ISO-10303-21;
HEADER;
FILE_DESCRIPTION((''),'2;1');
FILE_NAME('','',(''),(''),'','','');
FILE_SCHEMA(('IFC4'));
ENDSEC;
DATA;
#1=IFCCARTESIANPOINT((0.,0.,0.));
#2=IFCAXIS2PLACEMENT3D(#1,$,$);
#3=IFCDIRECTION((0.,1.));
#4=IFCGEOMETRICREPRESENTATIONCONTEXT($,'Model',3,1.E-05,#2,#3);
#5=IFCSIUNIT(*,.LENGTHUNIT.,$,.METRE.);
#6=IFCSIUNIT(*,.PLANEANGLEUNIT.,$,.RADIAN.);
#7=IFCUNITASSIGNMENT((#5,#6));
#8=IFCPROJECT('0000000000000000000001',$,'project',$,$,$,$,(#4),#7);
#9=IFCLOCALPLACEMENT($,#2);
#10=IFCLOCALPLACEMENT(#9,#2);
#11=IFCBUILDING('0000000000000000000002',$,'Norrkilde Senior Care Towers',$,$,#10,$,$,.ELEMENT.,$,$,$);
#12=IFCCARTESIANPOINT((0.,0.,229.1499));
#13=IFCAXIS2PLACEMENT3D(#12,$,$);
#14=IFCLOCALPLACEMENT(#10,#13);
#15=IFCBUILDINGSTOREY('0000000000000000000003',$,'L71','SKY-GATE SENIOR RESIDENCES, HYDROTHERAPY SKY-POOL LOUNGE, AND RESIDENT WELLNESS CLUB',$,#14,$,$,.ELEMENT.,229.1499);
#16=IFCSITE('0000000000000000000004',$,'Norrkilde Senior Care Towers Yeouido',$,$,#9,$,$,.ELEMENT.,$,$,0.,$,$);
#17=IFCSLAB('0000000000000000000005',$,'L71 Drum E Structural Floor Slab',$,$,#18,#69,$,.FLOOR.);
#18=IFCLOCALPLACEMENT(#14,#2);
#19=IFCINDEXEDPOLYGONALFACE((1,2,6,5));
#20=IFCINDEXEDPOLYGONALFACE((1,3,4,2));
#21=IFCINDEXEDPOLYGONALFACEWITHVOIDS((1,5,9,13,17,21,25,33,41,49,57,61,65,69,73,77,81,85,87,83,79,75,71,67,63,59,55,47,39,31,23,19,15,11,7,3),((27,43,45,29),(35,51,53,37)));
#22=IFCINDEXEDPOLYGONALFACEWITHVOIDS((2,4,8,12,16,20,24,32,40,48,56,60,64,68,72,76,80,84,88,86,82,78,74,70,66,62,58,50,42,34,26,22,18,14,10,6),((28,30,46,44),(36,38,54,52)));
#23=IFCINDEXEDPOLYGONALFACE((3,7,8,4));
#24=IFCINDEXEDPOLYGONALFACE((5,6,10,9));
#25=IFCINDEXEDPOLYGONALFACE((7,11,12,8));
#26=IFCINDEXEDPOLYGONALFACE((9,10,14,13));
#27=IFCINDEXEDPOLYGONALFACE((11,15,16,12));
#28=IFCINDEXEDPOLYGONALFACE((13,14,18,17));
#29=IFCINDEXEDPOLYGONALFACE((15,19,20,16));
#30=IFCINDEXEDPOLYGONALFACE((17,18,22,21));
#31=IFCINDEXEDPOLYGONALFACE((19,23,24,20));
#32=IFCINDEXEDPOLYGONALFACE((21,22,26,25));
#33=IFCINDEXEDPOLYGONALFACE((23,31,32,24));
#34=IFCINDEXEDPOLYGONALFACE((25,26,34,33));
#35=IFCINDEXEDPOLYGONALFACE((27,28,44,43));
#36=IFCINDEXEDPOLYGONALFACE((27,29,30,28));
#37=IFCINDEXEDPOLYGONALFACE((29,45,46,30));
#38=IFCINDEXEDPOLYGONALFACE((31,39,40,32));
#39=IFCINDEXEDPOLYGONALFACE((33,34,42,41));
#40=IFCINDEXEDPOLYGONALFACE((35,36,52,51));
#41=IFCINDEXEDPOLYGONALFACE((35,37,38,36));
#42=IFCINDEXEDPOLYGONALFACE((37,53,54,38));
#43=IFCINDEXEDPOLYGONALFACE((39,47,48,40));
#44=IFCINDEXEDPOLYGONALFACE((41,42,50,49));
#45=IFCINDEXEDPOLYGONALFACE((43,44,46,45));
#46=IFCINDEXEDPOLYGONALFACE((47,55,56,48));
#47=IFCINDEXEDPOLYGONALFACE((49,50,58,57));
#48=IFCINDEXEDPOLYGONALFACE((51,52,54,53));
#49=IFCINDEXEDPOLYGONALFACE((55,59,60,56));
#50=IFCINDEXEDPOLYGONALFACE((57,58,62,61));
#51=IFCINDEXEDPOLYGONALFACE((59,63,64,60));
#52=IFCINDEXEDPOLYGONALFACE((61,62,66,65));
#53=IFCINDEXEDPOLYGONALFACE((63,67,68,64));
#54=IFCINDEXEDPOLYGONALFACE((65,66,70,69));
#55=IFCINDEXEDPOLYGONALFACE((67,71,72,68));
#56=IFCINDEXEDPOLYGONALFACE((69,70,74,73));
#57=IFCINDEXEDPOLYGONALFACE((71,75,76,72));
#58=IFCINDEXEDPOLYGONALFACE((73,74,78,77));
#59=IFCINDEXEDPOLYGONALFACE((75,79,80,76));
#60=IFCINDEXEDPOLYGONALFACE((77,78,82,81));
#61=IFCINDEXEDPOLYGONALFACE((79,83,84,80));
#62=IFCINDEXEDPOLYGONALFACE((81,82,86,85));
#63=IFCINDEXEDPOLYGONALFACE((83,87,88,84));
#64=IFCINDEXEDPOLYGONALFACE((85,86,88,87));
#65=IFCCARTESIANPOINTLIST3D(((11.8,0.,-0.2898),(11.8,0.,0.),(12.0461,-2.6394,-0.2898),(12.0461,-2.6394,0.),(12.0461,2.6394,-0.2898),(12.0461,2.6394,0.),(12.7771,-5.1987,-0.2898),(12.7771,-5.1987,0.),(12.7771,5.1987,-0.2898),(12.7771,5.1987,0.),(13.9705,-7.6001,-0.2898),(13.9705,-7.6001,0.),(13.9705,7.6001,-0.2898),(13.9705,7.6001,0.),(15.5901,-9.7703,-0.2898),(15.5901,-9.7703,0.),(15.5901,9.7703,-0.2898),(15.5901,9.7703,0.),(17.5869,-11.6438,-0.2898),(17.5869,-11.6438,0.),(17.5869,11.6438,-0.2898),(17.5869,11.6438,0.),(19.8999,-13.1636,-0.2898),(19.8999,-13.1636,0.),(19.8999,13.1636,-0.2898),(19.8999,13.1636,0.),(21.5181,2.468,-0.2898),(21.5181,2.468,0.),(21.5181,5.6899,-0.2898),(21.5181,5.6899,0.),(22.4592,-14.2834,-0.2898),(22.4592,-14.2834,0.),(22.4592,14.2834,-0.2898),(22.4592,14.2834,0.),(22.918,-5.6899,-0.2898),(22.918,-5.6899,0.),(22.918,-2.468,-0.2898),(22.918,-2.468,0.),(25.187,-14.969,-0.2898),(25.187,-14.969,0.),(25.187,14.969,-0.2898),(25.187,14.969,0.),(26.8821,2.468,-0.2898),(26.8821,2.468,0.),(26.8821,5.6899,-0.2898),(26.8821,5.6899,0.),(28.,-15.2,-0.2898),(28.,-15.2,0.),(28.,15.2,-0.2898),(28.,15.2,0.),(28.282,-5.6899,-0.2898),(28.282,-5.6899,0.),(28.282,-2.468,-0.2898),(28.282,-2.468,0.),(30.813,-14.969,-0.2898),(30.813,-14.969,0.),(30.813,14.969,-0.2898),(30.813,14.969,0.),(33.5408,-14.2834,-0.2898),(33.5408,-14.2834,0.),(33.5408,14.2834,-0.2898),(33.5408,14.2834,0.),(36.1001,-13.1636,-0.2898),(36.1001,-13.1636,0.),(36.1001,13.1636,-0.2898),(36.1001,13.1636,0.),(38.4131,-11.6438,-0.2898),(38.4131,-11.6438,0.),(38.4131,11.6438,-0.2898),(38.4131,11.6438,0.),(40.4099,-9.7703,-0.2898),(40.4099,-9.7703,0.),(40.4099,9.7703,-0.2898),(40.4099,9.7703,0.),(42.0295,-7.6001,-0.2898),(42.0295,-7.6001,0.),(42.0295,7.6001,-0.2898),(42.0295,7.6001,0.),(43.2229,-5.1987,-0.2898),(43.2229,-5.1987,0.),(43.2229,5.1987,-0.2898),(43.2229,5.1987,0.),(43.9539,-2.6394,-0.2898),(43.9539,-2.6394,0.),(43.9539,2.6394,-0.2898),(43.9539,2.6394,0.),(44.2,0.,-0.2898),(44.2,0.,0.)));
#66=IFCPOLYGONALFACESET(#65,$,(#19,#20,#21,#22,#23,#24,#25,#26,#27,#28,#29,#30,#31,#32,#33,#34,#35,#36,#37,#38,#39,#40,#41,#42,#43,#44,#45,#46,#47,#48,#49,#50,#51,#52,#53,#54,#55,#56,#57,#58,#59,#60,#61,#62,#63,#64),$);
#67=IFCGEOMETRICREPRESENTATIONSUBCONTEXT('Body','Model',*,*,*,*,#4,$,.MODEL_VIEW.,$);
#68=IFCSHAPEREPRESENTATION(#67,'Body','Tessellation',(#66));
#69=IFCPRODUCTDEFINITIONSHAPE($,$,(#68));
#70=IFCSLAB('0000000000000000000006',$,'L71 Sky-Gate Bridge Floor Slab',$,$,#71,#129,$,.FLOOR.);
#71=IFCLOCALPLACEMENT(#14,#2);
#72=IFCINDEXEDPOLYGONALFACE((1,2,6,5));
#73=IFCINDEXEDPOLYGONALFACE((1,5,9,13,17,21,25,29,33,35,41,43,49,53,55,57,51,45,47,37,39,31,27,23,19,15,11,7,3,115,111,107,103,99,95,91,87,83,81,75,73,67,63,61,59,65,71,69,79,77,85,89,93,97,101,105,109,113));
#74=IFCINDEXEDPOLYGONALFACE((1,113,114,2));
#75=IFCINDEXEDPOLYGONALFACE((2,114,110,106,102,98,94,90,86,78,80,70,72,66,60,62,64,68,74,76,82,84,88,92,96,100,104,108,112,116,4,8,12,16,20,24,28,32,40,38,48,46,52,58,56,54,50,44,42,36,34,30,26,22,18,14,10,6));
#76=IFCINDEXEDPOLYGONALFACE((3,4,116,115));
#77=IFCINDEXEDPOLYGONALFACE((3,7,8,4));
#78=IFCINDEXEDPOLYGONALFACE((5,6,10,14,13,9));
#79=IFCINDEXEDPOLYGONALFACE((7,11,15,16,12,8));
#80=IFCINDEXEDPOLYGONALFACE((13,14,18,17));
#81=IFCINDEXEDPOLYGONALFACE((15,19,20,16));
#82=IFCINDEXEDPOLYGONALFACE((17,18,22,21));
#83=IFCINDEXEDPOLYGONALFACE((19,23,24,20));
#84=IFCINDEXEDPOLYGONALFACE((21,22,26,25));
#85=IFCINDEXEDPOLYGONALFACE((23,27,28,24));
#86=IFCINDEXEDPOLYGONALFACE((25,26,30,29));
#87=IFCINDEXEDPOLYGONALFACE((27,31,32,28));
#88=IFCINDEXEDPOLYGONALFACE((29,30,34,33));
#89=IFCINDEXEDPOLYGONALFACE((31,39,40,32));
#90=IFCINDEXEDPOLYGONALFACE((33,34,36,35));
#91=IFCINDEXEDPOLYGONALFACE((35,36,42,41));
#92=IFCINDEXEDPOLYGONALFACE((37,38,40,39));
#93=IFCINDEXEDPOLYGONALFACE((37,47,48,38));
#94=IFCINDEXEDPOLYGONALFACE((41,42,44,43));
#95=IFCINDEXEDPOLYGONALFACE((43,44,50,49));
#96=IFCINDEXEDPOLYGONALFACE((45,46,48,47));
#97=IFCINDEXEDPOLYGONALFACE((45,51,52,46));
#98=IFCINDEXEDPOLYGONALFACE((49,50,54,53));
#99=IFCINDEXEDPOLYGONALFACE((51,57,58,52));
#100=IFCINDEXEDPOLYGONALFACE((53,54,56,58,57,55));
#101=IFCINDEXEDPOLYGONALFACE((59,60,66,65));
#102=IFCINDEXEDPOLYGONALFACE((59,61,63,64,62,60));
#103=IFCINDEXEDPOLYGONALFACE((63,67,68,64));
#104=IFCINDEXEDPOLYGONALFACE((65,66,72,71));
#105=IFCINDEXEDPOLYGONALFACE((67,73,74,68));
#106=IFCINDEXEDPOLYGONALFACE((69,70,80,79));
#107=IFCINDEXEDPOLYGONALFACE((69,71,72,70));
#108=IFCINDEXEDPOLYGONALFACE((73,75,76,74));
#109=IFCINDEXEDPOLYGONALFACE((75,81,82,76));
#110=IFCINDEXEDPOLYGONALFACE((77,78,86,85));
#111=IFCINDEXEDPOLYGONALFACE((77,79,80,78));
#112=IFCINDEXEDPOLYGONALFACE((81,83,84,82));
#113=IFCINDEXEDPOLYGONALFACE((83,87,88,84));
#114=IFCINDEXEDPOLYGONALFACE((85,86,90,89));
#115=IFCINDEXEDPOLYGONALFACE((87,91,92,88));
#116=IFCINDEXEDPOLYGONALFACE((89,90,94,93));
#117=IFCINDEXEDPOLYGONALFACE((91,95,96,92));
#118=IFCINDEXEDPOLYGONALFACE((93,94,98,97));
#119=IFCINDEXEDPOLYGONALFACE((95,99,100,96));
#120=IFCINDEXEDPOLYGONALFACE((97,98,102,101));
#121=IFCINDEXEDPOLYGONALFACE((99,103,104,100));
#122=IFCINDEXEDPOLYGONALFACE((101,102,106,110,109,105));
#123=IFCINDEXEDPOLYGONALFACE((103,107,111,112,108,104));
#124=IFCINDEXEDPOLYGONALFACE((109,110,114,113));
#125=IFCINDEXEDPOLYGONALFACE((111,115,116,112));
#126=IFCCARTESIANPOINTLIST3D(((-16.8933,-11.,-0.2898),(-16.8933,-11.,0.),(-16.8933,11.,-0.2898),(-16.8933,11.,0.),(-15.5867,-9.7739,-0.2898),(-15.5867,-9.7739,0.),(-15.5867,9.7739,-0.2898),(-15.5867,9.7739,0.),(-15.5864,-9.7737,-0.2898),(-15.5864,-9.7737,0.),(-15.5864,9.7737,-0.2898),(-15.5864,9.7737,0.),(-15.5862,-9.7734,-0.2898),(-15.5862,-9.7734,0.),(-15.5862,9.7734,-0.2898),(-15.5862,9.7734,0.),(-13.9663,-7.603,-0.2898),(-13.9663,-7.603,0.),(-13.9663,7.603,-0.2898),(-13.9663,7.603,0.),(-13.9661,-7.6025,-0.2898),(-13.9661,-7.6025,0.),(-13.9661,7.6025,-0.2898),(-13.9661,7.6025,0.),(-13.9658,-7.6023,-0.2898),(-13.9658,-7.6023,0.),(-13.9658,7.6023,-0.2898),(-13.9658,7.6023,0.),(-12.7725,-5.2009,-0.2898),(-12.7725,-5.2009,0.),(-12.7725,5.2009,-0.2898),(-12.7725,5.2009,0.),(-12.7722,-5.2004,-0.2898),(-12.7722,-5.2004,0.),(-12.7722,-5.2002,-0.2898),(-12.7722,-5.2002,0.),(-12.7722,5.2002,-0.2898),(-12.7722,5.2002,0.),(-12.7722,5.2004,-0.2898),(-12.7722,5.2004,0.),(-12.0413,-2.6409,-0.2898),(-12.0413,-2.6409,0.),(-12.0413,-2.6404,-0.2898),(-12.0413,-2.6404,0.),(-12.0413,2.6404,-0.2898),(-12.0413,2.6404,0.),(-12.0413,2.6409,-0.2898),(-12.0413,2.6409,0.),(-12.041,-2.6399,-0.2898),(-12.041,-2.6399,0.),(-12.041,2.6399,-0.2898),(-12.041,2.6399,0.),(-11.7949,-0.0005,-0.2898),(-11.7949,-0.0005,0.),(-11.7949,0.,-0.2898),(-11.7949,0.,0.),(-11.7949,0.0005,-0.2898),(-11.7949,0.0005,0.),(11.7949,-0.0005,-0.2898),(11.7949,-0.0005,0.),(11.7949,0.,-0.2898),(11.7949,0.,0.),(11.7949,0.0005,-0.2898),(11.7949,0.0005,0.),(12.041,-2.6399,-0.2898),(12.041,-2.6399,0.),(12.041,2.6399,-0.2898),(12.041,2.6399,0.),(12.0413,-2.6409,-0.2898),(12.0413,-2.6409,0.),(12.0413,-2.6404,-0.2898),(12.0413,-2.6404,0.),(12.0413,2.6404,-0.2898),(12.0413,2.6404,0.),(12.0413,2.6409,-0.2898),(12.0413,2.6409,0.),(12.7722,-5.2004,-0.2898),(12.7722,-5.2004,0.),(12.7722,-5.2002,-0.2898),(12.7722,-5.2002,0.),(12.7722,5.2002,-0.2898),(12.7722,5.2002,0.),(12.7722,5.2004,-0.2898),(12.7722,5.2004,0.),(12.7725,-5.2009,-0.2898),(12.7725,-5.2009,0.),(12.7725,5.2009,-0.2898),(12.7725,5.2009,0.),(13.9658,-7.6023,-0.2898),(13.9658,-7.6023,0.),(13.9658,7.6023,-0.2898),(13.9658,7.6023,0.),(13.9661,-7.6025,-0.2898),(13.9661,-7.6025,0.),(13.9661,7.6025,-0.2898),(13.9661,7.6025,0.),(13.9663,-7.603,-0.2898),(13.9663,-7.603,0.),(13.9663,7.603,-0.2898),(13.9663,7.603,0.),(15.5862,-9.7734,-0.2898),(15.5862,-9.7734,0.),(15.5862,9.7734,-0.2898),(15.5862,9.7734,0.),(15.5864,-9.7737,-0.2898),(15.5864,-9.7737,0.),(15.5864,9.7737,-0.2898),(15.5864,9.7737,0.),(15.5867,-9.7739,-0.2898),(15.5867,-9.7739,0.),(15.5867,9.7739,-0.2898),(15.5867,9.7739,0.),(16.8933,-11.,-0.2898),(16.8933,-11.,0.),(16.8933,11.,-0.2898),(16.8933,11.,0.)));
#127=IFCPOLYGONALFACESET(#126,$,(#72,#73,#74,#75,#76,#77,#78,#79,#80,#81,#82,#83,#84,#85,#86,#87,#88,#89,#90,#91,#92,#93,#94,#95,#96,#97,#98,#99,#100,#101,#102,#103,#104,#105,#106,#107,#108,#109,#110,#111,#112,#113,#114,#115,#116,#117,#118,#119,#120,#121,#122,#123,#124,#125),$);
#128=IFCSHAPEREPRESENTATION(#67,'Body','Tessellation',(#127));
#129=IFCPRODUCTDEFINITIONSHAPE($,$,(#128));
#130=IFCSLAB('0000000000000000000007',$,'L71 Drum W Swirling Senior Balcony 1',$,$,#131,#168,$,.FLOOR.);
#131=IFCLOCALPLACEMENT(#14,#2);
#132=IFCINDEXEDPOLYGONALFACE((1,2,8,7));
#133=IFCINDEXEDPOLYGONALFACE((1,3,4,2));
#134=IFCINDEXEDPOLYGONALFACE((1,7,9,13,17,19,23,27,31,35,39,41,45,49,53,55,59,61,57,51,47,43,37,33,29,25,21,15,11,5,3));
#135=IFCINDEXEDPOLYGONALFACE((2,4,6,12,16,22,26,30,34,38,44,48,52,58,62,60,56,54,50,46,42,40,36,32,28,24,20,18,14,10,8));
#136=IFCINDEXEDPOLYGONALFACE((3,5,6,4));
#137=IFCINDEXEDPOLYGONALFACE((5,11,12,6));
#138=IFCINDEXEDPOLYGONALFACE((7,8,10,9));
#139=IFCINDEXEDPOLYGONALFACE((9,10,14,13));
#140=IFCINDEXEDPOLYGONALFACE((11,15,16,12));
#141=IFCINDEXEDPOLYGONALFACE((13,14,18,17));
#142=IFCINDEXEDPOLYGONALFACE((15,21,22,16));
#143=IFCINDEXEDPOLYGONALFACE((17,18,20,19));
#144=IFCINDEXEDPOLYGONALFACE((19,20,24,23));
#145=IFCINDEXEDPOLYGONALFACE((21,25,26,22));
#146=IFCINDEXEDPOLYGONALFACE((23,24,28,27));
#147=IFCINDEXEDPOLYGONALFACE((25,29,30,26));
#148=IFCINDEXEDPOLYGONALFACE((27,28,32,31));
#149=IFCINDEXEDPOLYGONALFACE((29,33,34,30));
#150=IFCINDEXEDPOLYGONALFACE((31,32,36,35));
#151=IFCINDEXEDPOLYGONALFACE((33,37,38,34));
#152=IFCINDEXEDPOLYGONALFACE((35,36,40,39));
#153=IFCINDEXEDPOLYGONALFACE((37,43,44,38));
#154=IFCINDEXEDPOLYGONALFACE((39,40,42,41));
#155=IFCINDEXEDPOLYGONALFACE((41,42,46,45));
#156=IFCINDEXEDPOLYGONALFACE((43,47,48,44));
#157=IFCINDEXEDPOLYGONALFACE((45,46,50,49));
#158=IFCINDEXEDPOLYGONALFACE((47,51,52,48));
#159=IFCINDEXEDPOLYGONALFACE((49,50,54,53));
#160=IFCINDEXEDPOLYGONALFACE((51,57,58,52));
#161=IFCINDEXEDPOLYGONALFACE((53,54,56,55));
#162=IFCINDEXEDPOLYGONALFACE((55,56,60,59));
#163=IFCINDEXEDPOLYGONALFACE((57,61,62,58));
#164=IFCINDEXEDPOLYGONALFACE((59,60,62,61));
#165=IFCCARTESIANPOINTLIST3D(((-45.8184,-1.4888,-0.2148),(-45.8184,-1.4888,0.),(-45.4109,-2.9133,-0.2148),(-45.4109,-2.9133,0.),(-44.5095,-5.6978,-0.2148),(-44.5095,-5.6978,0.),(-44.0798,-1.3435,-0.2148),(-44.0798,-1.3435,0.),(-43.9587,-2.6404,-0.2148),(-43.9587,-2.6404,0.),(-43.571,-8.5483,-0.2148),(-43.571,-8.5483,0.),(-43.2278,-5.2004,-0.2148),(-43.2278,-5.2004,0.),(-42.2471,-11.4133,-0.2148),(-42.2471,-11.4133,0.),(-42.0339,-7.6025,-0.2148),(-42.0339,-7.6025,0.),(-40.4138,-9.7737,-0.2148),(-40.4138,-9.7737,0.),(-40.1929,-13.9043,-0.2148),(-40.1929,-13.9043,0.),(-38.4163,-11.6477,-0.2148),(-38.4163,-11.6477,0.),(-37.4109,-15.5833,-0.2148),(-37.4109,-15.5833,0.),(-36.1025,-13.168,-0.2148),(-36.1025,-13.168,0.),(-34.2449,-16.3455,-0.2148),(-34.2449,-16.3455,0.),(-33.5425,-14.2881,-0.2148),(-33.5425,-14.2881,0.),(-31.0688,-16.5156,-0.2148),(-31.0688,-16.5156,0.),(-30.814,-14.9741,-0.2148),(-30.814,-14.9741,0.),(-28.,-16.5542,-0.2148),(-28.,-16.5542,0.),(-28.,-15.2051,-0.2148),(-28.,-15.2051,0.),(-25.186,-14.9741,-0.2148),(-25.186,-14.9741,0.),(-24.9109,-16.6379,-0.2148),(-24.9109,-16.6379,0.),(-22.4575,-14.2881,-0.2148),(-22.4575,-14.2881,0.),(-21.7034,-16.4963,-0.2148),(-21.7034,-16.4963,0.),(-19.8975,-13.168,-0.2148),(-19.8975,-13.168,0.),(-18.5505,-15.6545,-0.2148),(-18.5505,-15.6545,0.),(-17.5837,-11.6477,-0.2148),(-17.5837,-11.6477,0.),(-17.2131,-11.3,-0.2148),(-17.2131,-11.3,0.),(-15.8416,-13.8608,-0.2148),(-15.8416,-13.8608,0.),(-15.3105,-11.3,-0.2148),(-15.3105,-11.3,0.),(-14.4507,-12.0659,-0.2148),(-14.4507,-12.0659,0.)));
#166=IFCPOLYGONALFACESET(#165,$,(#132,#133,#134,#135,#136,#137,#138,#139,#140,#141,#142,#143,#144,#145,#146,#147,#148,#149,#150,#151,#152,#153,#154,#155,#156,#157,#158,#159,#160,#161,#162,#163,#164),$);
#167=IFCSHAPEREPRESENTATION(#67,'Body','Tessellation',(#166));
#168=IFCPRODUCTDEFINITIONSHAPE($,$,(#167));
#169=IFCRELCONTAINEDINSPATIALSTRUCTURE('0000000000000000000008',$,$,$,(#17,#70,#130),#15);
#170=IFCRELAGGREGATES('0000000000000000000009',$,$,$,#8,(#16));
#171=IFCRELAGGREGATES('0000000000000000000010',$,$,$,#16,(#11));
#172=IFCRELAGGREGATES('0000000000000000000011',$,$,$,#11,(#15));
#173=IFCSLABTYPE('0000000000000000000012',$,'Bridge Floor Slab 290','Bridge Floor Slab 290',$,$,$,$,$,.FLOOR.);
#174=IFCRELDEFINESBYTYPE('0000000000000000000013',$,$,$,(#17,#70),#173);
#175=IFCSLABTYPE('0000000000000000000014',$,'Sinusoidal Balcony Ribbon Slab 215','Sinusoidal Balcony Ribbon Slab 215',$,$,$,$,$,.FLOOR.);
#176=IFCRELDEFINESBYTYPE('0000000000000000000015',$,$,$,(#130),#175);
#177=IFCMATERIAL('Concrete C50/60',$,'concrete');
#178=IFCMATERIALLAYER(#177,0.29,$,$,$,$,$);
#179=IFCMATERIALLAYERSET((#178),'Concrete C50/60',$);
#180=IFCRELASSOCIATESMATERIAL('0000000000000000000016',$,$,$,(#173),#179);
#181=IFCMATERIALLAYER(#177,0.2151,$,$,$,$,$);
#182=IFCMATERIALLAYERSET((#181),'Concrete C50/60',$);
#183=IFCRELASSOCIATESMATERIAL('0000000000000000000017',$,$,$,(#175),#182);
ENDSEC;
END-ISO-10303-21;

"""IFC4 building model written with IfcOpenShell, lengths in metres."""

from ifc_helpers import new_model, si_unit, direction, frame, origin, place, context, subcontext, project, spatial, polyline, outline, extrude, material, layer, layer_set, type_object, element, save


model = new_model("IFC4")

# Units and contexts
model_context = context("Model", 3, precision=1e-05, world=origin(), true_north=direction((0.0, 1.0)))
body_context = subcontext(model_context, "Body", "Model", "MODEL_VIEW")
ifc_project = project(units=[si_unit("LENGTHUNIT", "METRE"), si_unit("PLANEANGLEUNIT", "RADIAN")], contexts=[model_context])

# Site, building, storey
site_placement = place(None, origin())
site = spatial("IfcSite", under=ifc_project, at=site_placement, Name="Norrkilde Senior Care Towers Yeouido", CompositionType="ELEMENT", RefElevation=0.0)
building_placement = place(site_placement, origin())
building = spatial("IfcBuilding", under=site, at=building_placement, Name="Norrkilde Senior Care Towers", CompositionType="ELEMENT")
storey_placement = place(building_placement, frame((0.0, 0.0, 229.1499)))
storey = spatial("IfcBuildingStorey", under=building, at=storey_placement, Name="L71", Description="SKY-GATE SENIOR RESIDENCES, HYDROTHERAPY SKY-POOL LOUNGE, AND RESIDENT WELLNESS CLUB", CompositionType="ELEMENT", Elevation=229.1499)

# Slabs
ifc_material_1 = material(Name="Concrete C50/60", Category="concrete")
ifc_layer_1 = layer(ifc_material_1, 0.29)
ifc_layer_set_1 = layer_set([ifc_layer_1], Name="Concrete C50/60")
slab_type_1 = type_object("IfcSlabType", Name="Bridge Floor Slab 290", Description="Bridge Floor Slab 290", PredefinedType="FLOOR", material=ifc_layer_set_1)
slab_1_placement = place(storey_placement, frame((0.0, 0.0, -0.2898)))
element("IfcSlab", 1, at=slab_1_placement, inside=storey, type_object=slab_type_1, Name="L71 Drum E Structural Floor Slab", PredefinedType="FLOOR", context=body_context, shape_type="SweptSolid", body=[
    extrude(outline(polyline([(43.2229, -5.1987), (42.0295, -7.6001), (40.4099, -9.7703), (38.4131, -11.6438), (36.1001, -13.1636), (33.5408, -14.2834), (30.813, -14.969), (28.0, -15.2), (25.187, -14.969), (22.4592, -14.2834), (19.8999, -13.1636), (17.5869, -11.6438), (15.5901, -9.7703), (13.9705, -7.6001), (12.7771, -5.1987), (12.0461, -2.6394), (11.8, 0.0), (12.0461, 2.6394), (12.7771, 5.1987), (13.9705, 7.6001), (15.5901, 9.7703), (17.5869, 11.6438), (19.8999, 13.1636), (22.4592, 14.2834), (25.187, 14.969), (28.0, 15.2), (30.813, 14.969), (33.5408, 14.2834), (36.1001, 13.1636), (38.4131, 11.6438), (40.4099, 9.7703), (42.0295, 7.6001), (43.2229, 5.1987), (43.9539, 2.6394), (44.2, 0.0), (43.9539, -2.6394), (43.2229, -5.1987)]), holes=[polyline([(21.5181, 2.468), (26.8821, 2.468), (26.8821, 5.6899), (21.5181, 5.6899), (21.5181, 2.468)]), polyline([(28.282, -5.6899), (28.282, -2.468), (22.918, -2.468), (22.918, -5.6899), (28.282, -5.6899)])]), origin(), (0.0, 0.0, 1.0), 0.2898),
])
slab_2_placement = place(storey_placement, frame((0.0, 0.0, -0.2898)))
element("IfcSlab", 2, at=slab_2_placement, inside=storey, type_object=slab_type_1, Name="L71 Sky-Gate Bridge Floor Slab", PredefinedType="FLOOR", context=body_context, shape_type="SweptSolid", body=[
    extrude(outline(polyline([(16.8933, 11.0), (15.5867, 9.7739), (15.5864, 9.7737), (15.5862, 9.7734), (13.9663, 7.603), (13.9661, 7.6025), (13.9658, 7.6023), (12.7725, 5.2009), (12.7722, 5.2004), (12.7722, 5.2002), (12.0413, 2.6409), (12.0413, 2.6404), (12.041, 2.6399), (11.7949, 0.0005), (11.7949, 0.0), (11.7949, -0.0005), (12.041, -2.6399), (12.0413, -2.6404), (12.0413, -2.6409), (12.7722, -5.2002), (12.7722, -5.2004), (12.7725, -5.2009), (13.9658, -7.6023), (13.9661, -7.6025), (13.9663, -7.603), (15.5862, -9.7734), (15.5864, -9.7737), (15.5867, -9.7739), (16.8933, -11.0), (-16.8933, -11.0), (-15.5867, -9.7739), (-15.5864, -9.7737), (-15.5862, -9.7734), (-13.9663, -7.603), (-13.9661, -7.6025), (-13.9658, -7.6023), (-12.7725, -5.2009), (-12.7722, -5.2004), (-12.7722, -5.2002), (-12.0413, -2.6409), (-12.0413, -2.6404), (-12.041, -2.6399), (-11.7949, -0.0005), (-11.7949, 0.0), (-11.7949, 0.0005), (-12.041, 2.6399), (-12.0413, 2.6404), (-12.0413, 2.6409), (-12.7722, 5.2002), (-12.7722, 5.2004), (-12.7725, 5.2009), (-13.9658, 7.6023), (-13.9661, 7.6025), (-13.9663, 7.603), (-15.5862, 9.7734), (-15.5864, 9.7737), (-15.5867, 9.7739), (-16.8933, 11.0), (16.8933, 11.0)])), origin(), (0.0, 0.0, 1.0), 0.2898),
])
ifc_layer_2 = layer(ifc_material_1, 0.2151)
ifc_layer_set_2 = layer_set([ifc_layer_2], Name="Concrete C50/60")
slab_type_2 = type_object("IfcSlabType", Name="Sinusoidal Balcony Ribbon Slab 215", Description="Sinusoidal Balcony Ribbon Slab 215", PredefinedType="FLOOR", material=ifc_layer_set_2)
slab_3_placement = place(storey_placement, frame((0.0, 0.0, -0.2148)))
element("IfcSlab", 3, at=slab_3_placement, inside=storey, type_object=slab_type_2, Name="L71 Drum W Swirling Senior Balcony 1", PredefinedType="FLOOR", context=body_context, shape_type="SweptSolid", body=[
    extrude(outline(polyline([(-21.7034, -16.4963), (-24.9109, -16.6379), (-28.0, -16.5542), (-31.0688, -16.5156), (-34.2449, -16.3455), (-37.4109, -15.5833), (-40.1929, -13.9043), (-42.2471, -11.4133), (-43.571, -8.5483), (-44.5095, -5.6978), (-45.4109, -2.9133), (-45.8184, -1.4888), (-44.0798, -1.3435), (-43.9587, -2.6404), (-43.2278, -5.2004), (-42.0339, -7.6025), (-40.4138, -9.7737), (-38.4163, -11.6477), (-36.1025, -13.168), (-33.5425, -14.2881), (-30.814, -14.9741), (-28.0, -15.2051), (-25.186, -14.9741), (-22.4575, -14.2881), (-19.8975, -13.168), (-17.5837, -11.6477), (-17.2131, -11.3), (-15.3105, -11.3), (-14.4507, -12.0659), (-15.8416, -13.8608), (-18.5505, -15.6545), (-21.7034, -16.4963)])), origin(), (0.0, 0.0, 1.0), 0.2148),
])

save(model, "model.ifc")
